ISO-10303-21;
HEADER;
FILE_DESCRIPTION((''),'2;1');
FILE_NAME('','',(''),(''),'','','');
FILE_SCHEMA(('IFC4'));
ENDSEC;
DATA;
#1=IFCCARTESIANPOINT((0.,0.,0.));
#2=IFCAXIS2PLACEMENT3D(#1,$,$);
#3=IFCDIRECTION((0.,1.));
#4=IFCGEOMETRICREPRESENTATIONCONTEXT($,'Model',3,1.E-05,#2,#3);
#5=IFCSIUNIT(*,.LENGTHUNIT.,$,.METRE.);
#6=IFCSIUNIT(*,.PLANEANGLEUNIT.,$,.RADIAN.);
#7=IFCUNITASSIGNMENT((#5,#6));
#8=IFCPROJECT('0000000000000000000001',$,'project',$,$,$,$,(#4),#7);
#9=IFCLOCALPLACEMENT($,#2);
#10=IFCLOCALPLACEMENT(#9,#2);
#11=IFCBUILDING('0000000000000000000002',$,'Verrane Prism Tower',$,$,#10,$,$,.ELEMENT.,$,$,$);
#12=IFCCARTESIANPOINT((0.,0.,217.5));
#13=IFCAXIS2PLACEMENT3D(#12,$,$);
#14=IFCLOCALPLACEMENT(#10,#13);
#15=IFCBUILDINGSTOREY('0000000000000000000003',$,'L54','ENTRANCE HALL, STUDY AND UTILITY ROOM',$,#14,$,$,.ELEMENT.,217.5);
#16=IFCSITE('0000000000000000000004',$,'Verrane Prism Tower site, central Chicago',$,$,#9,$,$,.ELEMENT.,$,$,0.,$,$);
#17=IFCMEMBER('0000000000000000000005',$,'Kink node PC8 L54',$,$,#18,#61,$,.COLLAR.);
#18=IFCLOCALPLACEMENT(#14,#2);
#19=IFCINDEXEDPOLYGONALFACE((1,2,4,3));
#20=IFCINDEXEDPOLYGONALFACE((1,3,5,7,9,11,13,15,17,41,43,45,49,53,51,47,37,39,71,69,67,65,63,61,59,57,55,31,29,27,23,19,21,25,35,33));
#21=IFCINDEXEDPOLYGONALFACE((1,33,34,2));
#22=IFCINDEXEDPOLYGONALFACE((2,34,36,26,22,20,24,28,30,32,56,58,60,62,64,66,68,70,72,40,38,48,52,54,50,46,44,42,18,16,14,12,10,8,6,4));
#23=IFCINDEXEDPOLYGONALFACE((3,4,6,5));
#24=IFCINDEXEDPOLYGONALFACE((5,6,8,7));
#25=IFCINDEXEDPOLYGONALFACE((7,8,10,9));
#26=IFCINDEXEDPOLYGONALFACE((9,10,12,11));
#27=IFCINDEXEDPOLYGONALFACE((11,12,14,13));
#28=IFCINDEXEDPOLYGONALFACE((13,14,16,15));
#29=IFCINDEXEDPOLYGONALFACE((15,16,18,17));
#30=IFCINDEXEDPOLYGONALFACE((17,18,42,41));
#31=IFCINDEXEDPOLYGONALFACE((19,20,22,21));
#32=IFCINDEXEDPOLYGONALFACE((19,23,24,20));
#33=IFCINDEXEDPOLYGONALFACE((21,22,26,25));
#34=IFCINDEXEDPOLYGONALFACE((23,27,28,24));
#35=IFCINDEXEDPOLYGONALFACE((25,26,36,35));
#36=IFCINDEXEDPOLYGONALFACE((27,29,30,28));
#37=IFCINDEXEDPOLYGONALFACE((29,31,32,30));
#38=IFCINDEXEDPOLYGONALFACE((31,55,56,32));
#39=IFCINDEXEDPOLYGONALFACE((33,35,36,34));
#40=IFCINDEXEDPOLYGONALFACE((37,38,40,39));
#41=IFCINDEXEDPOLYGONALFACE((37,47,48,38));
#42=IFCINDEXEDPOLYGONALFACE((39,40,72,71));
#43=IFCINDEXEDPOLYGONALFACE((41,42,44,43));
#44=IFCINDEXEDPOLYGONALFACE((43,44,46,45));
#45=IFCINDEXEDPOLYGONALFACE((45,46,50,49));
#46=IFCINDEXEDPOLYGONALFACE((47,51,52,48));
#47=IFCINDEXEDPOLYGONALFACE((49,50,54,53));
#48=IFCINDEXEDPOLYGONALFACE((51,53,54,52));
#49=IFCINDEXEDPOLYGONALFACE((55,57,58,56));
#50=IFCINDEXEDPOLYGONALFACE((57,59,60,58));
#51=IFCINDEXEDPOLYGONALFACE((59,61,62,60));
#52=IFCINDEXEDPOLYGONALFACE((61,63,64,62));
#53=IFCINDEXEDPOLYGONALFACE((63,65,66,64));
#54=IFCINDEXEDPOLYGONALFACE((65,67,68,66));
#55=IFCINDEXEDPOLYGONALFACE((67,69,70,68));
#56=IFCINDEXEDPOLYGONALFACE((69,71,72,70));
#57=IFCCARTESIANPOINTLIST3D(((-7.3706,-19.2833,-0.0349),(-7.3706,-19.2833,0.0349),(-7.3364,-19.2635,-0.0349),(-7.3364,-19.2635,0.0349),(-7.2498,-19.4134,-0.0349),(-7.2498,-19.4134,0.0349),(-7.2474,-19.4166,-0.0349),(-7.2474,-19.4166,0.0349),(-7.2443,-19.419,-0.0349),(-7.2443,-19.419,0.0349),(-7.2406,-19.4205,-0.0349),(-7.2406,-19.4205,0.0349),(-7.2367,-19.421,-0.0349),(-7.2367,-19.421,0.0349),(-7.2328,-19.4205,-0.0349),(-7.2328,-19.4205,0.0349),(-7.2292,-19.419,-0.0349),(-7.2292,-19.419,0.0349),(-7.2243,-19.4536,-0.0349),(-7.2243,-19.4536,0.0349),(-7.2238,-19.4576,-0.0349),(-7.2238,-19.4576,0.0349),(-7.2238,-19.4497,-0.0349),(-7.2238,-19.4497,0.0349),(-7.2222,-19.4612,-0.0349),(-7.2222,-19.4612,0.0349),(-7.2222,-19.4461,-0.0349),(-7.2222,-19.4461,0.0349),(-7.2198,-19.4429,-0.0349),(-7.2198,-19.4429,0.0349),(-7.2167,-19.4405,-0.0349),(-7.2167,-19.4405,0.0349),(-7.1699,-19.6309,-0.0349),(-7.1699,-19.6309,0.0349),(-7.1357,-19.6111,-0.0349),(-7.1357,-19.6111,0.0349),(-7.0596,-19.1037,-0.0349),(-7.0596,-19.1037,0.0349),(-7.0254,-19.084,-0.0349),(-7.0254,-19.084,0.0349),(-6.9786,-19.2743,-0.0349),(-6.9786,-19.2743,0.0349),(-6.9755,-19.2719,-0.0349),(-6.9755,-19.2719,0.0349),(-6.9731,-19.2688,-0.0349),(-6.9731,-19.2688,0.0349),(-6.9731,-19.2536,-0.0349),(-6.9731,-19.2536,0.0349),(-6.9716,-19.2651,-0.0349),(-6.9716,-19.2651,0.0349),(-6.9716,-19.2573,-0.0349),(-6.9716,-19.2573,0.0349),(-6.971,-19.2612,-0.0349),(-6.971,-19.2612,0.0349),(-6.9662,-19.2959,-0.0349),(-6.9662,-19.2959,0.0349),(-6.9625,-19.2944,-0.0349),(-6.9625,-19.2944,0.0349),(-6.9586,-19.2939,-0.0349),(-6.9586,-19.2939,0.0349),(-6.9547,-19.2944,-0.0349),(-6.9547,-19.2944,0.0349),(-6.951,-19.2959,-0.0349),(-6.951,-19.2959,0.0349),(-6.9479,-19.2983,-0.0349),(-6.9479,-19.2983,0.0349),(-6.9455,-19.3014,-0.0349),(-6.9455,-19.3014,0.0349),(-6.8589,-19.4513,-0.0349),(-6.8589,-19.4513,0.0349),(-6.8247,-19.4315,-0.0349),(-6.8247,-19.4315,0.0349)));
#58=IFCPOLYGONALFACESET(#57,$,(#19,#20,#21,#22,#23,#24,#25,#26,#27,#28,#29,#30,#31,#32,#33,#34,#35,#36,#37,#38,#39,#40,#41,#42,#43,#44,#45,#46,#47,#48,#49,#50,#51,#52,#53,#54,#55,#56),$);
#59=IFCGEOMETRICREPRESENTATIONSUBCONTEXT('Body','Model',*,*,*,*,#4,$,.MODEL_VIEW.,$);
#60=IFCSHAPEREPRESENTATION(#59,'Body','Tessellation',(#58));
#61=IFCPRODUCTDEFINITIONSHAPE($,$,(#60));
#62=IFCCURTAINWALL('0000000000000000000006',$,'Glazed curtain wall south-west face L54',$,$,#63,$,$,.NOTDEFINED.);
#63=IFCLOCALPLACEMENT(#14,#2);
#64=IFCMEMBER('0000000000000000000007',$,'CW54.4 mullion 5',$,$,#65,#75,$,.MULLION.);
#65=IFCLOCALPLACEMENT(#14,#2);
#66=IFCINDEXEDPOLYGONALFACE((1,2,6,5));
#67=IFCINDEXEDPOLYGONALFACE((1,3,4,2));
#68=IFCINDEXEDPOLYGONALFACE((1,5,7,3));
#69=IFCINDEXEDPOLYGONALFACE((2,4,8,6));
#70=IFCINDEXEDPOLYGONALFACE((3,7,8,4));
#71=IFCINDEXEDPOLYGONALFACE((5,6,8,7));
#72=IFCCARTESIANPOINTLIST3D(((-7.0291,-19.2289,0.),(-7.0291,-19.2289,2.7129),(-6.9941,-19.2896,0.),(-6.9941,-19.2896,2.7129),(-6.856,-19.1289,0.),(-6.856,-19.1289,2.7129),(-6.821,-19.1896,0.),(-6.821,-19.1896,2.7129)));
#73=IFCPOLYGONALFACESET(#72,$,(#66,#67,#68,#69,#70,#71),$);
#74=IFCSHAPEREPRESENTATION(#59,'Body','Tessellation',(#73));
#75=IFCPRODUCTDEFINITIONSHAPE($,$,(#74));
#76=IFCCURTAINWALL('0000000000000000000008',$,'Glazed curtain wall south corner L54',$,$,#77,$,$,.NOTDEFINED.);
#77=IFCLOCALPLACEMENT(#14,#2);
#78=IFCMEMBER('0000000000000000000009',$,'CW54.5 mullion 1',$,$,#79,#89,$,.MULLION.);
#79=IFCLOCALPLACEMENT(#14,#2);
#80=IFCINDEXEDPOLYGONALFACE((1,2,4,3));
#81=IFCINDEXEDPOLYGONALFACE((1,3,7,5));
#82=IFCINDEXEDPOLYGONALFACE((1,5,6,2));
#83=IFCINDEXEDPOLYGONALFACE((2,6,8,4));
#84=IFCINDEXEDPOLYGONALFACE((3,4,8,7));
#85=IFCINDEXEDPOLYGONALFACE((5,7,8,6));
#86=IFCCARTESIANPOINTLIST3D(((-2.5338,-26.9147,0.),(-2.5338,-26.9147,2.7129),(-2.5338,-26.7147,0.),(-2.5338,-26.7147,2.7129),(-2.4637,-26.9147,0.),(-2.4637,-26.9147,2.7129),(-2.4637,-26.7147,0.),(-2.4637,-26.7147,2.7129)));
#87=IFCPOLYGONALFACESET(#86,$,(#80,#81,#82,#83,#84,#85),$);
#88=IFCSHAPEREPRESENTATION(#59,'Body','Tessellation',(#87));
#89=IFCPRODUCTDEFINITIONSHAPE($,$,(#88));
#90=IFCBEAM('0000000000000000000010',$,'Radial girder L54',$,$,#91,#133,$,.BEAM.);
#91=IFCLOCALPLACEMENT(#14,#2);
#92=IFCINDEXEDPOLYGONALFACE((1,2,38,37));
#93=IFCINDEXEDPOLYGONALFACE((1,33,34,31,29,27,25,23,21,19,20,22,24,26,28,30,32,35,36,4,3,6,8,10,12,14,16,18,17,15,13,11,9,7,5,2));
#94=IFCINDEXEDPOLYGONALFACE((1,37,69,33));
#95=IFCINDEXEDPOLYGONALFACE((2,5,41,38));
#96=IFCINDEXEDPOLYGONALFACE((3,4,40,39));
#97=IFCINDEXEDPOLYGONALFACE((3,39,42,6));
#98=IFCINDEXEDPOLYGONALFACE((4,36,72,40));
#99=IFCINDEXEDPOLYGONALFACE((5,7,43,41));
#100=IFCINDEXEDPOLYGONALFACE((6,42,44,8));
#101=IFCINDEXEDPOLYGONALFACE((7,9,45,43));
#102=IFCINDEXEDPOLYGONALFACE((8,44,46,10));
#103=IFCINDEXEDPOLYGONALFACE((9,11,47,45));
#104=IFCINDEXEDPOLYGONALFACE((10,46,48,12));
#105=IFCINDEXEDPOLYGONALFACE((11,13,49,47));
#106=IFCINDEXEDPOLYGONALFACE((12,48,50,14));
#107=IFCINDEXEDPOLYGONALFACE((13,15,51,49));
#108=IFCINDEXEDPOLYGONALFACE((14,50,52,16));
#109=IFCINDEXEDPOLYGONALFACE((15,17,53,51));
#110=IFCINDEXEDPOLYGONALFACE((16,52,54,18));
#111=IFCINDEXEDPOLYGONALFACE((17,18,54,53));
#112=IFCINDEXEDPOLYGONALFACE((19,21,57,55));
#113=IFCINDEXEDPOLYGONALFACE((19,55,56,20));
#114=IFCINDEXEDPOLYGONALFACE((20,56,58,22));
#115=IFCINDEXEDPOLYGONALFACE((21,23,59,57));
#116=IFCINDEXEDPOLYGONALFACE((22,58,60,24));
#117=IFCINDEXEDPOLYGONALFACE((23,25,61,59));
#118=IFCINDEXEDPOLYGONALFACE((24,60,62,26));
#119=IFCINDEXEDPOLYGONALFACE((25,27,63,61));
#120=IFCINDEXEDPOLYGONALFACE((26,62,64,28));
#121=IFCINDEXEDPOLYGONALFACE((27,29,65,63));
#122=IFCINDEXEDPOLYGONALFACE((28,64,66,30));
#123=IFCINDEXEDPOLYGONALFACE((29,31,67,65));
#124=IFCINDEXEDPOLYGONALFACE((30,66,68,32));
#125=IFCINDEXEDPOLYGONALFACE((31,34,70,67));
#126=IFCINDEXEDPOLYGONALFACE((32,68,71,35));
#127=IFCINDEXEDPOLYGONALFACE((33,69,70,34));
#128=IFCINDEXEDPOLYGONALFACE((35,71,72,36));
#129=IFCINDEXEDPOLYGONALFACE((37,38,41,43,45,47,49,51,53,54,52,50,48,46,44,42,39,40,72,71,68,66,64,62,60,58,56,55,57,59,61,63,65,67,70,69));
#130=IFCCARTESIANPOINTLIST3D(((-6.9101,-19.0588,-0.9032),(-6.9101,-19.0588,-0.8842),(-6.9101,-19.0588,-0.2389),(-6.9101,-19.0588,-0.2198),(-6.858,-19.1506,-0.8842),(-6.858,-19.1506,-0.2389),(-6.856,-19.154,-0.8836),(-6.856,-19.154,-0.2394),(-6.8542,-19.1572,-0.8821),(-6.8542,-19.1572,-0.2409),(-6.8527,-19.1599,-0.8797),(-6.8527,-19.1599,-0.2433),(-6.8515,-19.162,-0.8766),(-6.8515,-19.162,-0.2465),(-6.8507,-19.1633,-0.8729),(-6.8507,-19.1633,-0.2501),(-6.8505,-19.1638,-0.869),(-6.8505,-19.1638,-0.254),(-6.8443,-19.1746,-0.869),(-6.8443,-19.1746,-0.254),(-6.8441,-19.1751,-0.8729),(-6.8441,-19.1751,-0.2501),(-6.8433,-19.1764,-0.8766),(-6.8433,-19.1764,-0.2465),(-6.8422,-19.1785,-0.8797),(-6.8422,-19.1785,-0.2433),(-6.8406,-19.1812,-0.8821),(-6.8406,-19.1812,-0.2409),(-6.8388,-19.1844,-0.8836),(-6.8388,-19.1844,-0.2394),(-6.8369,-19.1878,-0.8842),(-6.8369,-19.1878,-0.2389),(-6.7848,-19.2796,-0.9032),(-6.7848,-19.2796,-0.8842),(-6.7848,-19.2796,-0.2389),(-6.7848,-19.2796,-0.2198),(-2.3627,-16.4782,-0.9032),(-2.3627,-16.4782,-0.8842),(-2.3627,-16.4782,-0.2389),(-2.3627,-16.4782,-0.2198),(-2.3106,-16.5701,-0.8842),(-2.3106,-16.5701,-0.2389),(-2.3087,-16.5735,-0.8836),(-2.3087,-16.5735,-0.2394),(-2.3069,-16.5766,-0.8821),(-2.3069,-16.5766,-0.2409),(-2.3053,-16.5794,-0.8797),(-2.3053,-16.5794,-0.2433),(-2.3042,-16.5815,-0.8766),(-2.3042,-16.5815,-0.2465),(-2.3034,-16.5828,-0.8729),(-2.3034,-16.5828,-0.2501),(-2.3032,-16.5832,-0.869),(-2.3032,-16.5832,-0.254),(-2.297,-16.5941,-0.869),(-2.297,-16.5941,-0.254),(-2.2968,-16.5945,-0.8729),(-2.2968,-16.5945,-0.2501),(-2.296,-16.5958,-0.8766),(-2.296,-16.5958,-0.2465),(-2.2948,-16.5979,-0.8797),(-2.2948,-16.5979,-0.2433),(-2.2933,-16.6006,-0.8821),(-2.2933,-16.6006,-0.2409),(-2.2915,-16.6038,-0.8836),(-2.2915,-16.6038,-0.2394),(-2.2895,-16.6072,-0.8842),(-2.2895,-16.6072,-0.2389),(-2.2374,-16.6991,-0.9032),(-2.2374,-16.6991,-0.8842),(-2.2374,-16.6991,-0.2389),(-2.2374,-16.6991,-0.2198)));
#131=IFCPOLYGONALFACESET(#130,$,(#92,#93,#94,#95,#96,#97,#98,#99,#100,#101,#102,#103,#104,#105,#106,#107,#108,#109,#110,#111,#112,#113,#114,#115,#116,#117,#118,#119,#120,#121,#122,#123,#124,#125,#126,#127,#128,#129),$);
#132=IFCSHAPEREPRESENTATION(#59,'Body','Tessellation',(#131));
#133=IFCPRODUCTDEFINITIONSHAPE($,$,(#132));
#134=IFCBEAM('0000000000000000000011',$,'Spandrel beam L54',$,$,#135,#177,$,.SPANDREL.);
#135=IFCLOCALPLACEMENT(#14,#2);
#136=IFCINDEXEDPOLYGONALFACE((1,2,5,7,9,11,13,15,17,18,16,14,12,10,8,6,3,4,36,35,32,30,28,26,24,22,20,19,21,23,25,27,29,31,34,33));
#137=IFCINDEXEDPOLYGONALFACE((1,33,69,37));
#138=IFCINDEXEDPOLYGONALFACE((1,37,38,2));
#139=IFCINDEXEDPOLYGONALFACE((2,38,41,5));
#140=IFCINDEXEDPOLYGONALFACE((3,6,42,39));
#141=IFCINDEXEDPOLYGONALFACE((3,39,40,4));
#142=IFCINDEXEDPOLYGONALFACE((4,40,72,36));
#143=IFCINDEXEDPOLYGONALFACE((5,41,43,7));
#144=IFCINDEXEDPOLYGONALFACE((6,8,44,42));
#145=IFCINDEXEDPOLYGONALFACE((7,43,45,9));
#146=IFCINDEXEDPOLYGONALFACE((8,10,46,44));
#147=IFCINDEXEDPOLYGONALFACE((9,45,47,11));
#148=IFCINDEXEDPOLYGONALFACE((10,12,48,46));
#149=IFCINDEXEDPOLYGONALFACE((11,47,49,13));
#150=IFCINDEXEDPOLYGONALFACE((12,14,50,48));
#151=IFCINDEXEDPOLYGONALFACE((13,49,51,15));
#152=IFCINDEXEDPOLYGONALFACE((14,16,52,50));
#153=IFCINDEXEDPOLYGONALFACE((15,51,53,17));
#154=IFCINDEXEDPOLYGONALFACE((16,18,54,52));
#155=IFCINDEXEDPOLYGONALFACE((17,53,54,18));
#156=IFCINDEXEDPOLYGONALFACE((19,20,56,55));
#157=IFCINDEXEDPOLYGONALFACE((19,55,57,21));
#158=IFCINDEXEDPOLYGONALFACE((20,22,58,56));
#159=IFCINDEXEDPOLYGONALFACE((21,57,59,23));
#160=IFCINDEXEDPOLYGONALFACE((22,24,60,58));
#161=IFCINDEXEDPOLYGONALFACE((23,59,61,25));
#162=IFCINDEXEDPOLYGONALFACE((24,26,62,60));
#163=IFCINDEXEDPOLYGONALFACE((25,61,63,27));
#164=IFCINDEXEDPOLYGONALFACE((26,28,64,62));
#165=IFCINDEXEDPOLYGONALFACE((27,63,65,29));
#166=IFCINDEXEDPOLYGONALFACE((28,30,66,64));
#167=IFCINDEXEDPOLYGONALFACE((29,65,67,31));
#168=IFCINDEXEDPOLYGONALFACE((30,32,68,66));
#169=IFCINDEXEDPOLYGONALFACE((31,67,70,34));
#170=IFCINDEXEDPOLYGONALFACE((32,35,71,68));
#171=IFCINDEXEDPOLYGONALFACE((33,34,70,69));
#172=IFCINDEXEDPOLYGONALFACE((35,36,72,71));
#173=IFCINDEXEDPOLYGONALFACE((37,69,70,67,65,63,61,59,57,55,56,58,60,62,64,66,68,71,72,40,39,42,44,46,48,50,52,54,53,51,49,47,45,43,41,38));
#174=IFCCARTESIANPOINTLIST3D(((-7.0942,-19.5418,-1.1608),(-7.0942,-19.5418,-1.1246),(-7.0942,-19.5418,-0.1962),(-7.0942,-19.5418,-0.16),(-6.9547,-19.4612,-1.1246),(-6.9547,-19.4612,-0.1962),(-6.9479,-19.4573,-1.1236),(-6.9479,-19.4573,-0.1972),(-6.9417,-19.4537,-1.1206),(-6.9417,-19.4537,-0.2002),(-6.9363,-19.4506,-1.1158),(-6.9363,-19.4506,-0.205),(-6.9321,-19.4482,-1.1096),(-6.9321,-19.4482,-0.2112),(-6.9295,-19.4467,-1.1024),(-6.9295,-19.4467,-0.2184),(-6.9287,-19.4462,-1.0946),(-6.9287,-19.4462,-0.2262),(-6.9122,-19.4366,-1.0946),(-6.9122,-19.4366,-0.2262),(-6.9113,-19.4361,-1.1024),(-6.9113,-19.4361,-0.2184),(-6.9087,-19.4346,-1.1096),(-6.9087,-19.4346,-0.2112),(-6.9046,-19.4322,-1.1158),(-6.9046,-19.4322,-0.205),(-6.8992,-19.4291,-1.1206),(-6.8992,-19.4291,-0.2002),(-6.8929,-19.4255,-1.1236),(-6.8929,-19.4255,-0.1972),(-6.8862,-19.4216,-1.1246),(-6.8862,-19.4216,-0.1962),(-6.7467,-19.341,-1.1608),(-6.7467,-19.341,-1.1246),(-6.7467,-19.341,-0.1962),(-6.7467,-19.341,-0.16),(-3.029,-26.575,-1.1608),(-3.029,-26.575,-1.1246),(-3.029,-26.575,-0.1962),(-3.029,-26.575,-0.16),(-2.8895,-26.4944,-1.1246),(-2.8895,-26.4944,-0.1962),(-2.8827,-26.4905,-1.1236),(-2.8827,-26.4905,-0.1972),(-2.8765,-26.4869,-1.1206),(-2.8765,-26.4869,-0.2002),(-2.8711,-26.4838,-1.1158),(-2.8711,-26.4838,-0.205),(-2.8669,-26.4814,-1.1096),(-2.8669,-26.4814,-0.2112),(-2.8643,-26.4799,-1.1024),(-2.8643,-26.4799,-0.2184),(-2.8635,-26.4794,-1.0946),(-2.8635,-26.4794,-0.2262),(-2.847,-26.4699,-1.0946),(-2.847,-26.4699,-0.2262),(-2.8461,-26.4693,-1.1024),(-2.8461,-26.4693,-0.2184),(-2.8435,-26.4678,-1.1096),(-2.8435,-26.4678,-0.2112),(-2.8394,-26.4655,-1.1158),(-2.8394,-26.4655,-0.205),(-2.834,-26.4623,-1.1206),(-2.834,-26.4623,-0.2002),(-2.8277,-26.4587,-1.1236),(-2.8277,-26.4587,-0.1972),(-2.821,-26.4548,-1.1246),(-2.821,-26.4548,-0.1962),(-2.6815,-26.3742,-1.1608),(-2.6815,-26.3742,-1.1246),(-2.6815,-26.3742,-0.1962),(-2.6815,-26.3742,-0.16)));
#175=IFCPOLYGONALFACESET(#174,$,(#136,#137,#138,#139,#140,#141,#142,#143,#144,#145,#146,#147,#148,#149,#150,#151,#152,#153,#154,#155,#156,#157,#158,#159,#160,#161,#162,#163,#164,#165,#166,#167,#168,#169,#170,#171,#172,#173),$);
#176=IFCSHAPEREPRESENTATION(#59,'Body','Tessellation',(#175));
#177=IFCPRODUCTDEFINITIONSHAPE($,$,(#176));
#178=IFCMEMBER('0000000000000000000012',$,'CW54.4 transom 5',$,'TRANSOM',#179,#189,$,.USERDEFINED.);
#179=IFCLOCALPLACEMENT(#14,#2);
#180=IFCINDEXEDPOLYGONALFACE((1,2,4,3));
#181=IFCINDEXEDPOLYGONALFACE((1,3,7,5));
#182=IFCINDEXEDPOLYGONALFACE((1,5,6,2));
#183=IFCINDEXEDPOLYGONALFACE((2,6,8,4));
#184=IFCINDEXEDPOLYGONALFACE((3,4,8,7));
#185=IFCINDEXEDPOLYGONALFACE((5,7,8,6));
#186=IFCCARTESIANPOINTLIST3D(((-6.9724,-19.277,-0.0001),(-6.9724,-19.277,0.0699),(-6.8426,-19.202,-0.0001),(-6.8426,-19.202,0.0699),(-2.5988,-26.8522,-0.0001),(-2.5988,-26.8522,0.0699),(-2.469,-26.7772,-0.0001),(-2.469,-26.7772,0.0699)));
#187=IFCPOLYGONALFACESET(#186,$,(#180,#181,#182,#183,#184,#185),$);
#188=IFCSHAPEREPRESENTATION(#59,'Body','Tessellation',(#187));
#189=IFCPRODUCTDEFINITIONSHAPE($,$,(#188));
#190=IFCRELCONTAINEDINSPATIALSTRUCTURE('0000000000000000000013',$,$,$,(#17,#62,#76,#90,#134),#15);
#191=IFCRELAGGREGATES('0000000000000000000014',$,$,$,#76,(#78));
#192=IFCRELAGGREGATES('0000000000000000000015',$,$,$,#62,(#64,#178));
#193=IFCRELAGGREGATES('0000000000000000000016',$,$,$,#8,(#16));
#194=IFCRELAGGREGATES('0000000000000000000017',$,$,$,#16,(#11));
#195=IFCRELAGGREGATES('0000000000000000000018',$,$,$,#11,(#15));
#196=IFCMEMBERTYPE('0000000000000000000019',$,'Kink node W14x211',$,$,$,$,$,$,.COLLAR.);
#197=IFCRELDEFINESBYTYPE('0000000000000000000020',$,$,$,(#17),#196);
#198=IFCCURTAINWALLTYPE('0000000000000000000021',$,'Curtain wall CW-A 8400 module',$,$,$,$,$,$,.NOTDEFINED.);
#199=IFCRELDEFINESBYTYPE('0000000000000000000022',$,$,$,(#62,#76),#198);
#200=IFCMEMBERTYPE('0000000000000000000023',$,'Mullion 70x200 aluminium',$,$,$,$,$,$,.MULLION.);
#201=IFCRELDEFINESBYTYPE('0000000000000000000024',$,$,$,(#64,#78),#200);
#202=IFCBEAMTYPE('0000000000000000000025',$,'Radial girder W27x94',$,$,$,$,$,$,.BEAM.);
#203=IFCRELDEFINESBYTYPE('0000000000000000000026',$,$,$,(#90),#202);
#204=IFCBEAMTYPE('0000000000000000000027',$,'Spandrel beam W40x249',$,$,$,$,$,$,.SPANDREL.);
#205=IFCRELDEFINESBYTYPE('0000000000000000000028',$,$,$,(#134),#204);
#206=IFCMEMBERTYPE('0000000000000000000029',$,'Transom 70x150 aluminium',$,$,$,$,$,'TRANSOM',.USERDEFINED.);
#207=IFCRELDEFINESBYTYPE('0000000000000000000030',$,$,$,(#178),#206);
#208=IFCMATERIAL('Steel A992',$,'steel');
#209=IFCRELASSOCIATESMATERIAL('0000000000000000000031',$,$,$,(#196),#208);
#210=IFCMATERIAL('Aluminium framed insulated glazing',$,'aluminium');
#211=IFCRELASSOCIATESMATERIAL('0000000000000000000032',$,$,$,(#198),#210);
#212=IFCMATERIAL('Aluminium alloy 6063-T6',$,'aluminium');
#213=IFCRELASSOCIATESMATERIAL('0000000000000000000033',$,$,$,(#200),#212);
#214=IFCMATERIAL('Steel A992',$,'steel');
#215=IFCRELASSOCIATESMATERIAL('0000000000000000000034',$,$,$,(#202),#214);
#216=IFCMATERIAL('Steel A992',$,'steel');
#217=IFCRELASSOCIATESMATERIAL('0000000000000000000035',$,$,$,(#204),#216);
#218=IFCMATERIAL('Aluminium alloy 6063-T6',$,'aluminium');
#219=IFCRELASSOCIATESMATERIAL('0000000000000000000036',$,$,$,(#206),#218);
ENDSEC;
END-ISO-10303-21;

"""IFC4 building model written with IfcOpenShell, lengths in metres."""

from ifc_helpers import new_model, si_unit, direction, frame, origin, origin_2d, place, context, subcontext, project, spatial, rectangle, i_section, extrude, material, material_profile, profile_set, type_object, element, aggregate, save


model = new_model("IFC4")

# Units and contexts
model_context = context("Model", 3, precision=1e-05, world=origin(), true_north=direction((0.0, 1.0)))
body_context = subcontext(model_context, "Body", "Model", "MODEL_VIEW")
ifc_project = project(units=[si_unit("LENGTHUNIT", "METRE"), si_unit("PLANEANGLEUNIT", "RADIAN")], contexts=[model_context])

# Site, building, storey
site_placement = place(None, origin())
site = spatial("IfcSite", under=ifc_project, at=site_placement, Name="Verrane Prism Tower site, central Chicago", CompositionType="ELEMENT", RefElevation=0.0)
building_placement = place(site_placement, origin())
building = spatial("IfcBuilding", under=site, at=building_placement, Name="Verrane Prism Tower", CompositionType="ELEMENT")
storey_placement = place(building_placement, frame((0.0, 0.0, 217.5)))
storey = spatial("IfcBuildingStorey", under=building, at=storey_placement, Name="L54", Description="ENTRANCE HALL, STUDY AND UTILITY ROOM", CompositionType="ELEMENT", Elevation=217.5)

# Member
ifc_material_1 = material(Name="Steel A992", Category="steel")
ifc_material_profile_1 = material_profile(ifc_material_1, i_section(OverallWidth=0.4014, OverallDepth=0.3987, WebThickness=0.0249, FlangeThickness=0.0396, FilletRadius=0.0151, at=origin_2d()), Name="W14x211")
ifc_profile_set_1 = profile_set([ifc_material_profile_1], Name="Steel A992")
member_type_1 = type_object("IfcMemberType", Name="Kink node W14x211", PredefinedType="COLLAR", material=ifc_profile_set_1)
member_1_placement = place(storey_placement, frame((-7.0977, -19.3574, -0.0349), z_axis=(0.0, 0.0, 1.0), x_axis=(-0.5, 0.866025, 0.0)))
element("IfcMember", 1, at=member_1_placement, inside=storey, type_object=member_type_1, Name="Kink node PC8 L54", PredefinedType="COLLAR", context=body_context, shape_type="SweptSolid", body=[
    extrude(i_section(OverallWidth=0.4014, OverallDepth=0.3987, WebThickness=0.0249, FlangeThickness=0.0396, FilletRadius=0.0151, at=origin_2d()), origin(), (0.0, 0.0, 1.0), 0.0698),
])

# Curtain walls, members
ifc_material_2 = material(Name="Aluminium framed insulated glazing", Category="aluminium")
curtain_wall_type = type_object("IfcCurtainWallType", Name="Curtain wall CW-A 8400 module", PredefinedType="NOTDEFINED", material=ifc_material_2)
curtain_wall_1_placement = place(storey_placement, origin())
curtain_wall_1 = element("IfcCurtainWall", 2, at=curtain_wall_1_placement, inside=storey, type_object=curtain_wall_type, Name="Glazed curtain wall south-west face L54", PredefinedType="NOTDEFINED")
ifc_material_3 = material(Name="Aluminium alloy 6063-T6", Category="aluminium")
ifc_material_profile_2 = material_profile(ifc_material_3, rectangle(XDim=0.2, YDim=0.0701, at=origin_2d()), Name="Mullion 70x200 aluminium")
ifc_profile_set_2 = profile_set([ifc_material_profile_2], Name="Aluminium alloy 6063-T6")
member_type_2 = type_object("IfcMemberType", Name="Mullion 70x200 aluminium", PredefinedType="MULLION", material=ifc_profile_set_2)
member_2_placement = place(storey_placement, frame((-6.925, -19.2092, 0.0), z_axis=(0.0, 0.0, 1.0), x_axis=(0.866025, 0.500001, 0.0)))
member_2 = element("IfcMember", 3, at=member_2_placement, type_object=member_type_2, Name="CW54.4 mullion 5", PredefinedType="MULLION", context=body_context, shape_type="SweptSolid", body=[
    extrude(rectangle(XDim=0.2, YDim=0.0701, at=origin_2d()), origin(), (0.0, 0.0, 1.0), 2.7129),
])
curtain_wall_2_placement = place(storey_placement, origin())
curtain_wall_2 = element("IfcCurtainWall", 4, at=curtain_wall_2_placement, inside=storey, type_object=curtain_wall_type, Name="Glazed curtain wall south corner L54", PredefinedType="NOTDEFINED")
member_3_placement = place(storey_placement, frame((-2.4988, -26.8147, 0.0), z_axis=(0.0, 0.0, 1.0), x_axis=(0.0, 1.0, 0.0)))
member_3 = element("IfcMember", 5, at=member_3_placement, type_object=member_type_2, Name="CW54.5 mullion 1", PredefinedType="MULLION", context=body_context, shape_type="SweptSolid", body=[
    extrude(rectangle(XDim=0.2, YDim=0.0701, at=origin_2d()), origin(), (0.0, 0.0, 1.0), 2.7129),
])

# Beams
ifc_material_4 = material(Name="Steel A992", Category="steel")
ifc_material_profile_3 = material_profile(ifc_material_4, i_section(OverallWidth=0.2539, OverallDepth=0.6833, WebThickness=0.0125, FlangeThickness=0.019, FilletRadius=0.0151, at=origin_2d()), Name="W27x94")
ifc_profile_set_3 = profile_set([ifc_material_profile_3], Name="Steel A992")
beam_type_1 = type_object("IfcBeamType", Name="Radial girder W27x94", PredefinedType="BEAM", material=ifc_profile_set_3)
beam_1_placement = place(storey_placement, frame((-6.8474, -19.1692, -0.5615), z_axis=(0.869716, 0.493552, 0.0), x_axis=(-0.493552, 0.869716, 0.0)))
element("IfcBeam", 6, at=beam_1_placement, inside=storey, type_object=beam_type_1, Name="Radial girder L54", PredefinedType="BEAM", context=body_context, shape_type="SweptSolid", body=[
    extrude(i_section(OverallWidth=0.2539, OverallDepth=0.6833, WebThickness=0.0125, FlangeThickness=0.019, FilletRadius=0.0151, at=origin_2d()), origin(), (0.0, 0.0, 1.0), 5.2285),
])
ifc_material_5 = material(Name="Steel A992", Category="steel")
ifc_material_profile_4 = material_profile(ifc_material_5, i_section(OverallWidth=0.4014, OverallDepth=1.0007, WebThickness=0.019, FlangeThickness=0.0361, FilletRadius=0.03, at=origin_2d()), Name="W40x249")
ifc_profile_set_4 = profile_set([ifc_material_profile_4], Name="Steel A992")
beam_type_2 = type_object("IfcBeamType", Name="Spandrel beam W40x249", PredefinedType="SPANDREL", material=ifc_profile_set_4)
beam_2_placement = place(storey_placement, frame((-6.9204, -19.4414, -0.6604), z_axis=(0.500421, -0.865782, 0.0), x_axis=(0.865782, 0.500421, 0.0)))
element("IfcBeam", 7, at=beam_2_placement, inside=storey, type_object=beam_type_2, Name="Spandrel beam L54", PredefinedType="SPANDREL", context=body_context, shape_type="SweptSolid", body=[
    extrude(i_section(OverallWidth=0.4014, OverallDepth=1.0007, WebThickness=0.019, FlangeThickness=0.0361, FilletRadius=0.03, at=origin_2d()), origin(), (0.0, 0.0, 1.0), 8.1235),
])

# Member
ifc_material_6 = material(Name="Aluminium alloy 6063-T6", Category="aluminium")
ifc_material_profile_5 = material_profile(ifc_material_6, rectangle(XDim=0.1499, YDim=0.0701, at=origin_2d()), Name="Transom 70x150 aluminium")
ifc_profile_set_5 = profile_set([ifc_material_profile_5], Name="Aluminium alloy 6063-T6")
member_type_3 = type_object("IfcMemberType", Name="Transom 70x150 aluminium", ElementType="TRANSOM", PredefinedType="USERDEFINED", material=ifc_profile_set_5)
member_4_placement = place(storey_placement, frame((-6.9075, -19.2395, 0.0349), z_axis=(0.499999, -0.866026, 0.0), x_axis=(0.866026, 0.499999, 0.0)))
member_4 = element("IfcMember", 8, at=member_4_placement, type_object=member_type_3, Name="CW54.4 transom 5", ObjectType="TRANSOM", PredefinedType="USERDEFINED", context=body_context, shape_type="SweptSolid", body=[
    extrude(rectangle(XDim=0.1499, YDim=0.0701, at=origin_2d()), origin(), (0.0, 0.0, 1.0), 8.7471),
])
aggregate(curtain_wall_2, [member_3])

aggregate(curtain_wall_1, [member_2, member_4])

save(model, "model.ifc")
